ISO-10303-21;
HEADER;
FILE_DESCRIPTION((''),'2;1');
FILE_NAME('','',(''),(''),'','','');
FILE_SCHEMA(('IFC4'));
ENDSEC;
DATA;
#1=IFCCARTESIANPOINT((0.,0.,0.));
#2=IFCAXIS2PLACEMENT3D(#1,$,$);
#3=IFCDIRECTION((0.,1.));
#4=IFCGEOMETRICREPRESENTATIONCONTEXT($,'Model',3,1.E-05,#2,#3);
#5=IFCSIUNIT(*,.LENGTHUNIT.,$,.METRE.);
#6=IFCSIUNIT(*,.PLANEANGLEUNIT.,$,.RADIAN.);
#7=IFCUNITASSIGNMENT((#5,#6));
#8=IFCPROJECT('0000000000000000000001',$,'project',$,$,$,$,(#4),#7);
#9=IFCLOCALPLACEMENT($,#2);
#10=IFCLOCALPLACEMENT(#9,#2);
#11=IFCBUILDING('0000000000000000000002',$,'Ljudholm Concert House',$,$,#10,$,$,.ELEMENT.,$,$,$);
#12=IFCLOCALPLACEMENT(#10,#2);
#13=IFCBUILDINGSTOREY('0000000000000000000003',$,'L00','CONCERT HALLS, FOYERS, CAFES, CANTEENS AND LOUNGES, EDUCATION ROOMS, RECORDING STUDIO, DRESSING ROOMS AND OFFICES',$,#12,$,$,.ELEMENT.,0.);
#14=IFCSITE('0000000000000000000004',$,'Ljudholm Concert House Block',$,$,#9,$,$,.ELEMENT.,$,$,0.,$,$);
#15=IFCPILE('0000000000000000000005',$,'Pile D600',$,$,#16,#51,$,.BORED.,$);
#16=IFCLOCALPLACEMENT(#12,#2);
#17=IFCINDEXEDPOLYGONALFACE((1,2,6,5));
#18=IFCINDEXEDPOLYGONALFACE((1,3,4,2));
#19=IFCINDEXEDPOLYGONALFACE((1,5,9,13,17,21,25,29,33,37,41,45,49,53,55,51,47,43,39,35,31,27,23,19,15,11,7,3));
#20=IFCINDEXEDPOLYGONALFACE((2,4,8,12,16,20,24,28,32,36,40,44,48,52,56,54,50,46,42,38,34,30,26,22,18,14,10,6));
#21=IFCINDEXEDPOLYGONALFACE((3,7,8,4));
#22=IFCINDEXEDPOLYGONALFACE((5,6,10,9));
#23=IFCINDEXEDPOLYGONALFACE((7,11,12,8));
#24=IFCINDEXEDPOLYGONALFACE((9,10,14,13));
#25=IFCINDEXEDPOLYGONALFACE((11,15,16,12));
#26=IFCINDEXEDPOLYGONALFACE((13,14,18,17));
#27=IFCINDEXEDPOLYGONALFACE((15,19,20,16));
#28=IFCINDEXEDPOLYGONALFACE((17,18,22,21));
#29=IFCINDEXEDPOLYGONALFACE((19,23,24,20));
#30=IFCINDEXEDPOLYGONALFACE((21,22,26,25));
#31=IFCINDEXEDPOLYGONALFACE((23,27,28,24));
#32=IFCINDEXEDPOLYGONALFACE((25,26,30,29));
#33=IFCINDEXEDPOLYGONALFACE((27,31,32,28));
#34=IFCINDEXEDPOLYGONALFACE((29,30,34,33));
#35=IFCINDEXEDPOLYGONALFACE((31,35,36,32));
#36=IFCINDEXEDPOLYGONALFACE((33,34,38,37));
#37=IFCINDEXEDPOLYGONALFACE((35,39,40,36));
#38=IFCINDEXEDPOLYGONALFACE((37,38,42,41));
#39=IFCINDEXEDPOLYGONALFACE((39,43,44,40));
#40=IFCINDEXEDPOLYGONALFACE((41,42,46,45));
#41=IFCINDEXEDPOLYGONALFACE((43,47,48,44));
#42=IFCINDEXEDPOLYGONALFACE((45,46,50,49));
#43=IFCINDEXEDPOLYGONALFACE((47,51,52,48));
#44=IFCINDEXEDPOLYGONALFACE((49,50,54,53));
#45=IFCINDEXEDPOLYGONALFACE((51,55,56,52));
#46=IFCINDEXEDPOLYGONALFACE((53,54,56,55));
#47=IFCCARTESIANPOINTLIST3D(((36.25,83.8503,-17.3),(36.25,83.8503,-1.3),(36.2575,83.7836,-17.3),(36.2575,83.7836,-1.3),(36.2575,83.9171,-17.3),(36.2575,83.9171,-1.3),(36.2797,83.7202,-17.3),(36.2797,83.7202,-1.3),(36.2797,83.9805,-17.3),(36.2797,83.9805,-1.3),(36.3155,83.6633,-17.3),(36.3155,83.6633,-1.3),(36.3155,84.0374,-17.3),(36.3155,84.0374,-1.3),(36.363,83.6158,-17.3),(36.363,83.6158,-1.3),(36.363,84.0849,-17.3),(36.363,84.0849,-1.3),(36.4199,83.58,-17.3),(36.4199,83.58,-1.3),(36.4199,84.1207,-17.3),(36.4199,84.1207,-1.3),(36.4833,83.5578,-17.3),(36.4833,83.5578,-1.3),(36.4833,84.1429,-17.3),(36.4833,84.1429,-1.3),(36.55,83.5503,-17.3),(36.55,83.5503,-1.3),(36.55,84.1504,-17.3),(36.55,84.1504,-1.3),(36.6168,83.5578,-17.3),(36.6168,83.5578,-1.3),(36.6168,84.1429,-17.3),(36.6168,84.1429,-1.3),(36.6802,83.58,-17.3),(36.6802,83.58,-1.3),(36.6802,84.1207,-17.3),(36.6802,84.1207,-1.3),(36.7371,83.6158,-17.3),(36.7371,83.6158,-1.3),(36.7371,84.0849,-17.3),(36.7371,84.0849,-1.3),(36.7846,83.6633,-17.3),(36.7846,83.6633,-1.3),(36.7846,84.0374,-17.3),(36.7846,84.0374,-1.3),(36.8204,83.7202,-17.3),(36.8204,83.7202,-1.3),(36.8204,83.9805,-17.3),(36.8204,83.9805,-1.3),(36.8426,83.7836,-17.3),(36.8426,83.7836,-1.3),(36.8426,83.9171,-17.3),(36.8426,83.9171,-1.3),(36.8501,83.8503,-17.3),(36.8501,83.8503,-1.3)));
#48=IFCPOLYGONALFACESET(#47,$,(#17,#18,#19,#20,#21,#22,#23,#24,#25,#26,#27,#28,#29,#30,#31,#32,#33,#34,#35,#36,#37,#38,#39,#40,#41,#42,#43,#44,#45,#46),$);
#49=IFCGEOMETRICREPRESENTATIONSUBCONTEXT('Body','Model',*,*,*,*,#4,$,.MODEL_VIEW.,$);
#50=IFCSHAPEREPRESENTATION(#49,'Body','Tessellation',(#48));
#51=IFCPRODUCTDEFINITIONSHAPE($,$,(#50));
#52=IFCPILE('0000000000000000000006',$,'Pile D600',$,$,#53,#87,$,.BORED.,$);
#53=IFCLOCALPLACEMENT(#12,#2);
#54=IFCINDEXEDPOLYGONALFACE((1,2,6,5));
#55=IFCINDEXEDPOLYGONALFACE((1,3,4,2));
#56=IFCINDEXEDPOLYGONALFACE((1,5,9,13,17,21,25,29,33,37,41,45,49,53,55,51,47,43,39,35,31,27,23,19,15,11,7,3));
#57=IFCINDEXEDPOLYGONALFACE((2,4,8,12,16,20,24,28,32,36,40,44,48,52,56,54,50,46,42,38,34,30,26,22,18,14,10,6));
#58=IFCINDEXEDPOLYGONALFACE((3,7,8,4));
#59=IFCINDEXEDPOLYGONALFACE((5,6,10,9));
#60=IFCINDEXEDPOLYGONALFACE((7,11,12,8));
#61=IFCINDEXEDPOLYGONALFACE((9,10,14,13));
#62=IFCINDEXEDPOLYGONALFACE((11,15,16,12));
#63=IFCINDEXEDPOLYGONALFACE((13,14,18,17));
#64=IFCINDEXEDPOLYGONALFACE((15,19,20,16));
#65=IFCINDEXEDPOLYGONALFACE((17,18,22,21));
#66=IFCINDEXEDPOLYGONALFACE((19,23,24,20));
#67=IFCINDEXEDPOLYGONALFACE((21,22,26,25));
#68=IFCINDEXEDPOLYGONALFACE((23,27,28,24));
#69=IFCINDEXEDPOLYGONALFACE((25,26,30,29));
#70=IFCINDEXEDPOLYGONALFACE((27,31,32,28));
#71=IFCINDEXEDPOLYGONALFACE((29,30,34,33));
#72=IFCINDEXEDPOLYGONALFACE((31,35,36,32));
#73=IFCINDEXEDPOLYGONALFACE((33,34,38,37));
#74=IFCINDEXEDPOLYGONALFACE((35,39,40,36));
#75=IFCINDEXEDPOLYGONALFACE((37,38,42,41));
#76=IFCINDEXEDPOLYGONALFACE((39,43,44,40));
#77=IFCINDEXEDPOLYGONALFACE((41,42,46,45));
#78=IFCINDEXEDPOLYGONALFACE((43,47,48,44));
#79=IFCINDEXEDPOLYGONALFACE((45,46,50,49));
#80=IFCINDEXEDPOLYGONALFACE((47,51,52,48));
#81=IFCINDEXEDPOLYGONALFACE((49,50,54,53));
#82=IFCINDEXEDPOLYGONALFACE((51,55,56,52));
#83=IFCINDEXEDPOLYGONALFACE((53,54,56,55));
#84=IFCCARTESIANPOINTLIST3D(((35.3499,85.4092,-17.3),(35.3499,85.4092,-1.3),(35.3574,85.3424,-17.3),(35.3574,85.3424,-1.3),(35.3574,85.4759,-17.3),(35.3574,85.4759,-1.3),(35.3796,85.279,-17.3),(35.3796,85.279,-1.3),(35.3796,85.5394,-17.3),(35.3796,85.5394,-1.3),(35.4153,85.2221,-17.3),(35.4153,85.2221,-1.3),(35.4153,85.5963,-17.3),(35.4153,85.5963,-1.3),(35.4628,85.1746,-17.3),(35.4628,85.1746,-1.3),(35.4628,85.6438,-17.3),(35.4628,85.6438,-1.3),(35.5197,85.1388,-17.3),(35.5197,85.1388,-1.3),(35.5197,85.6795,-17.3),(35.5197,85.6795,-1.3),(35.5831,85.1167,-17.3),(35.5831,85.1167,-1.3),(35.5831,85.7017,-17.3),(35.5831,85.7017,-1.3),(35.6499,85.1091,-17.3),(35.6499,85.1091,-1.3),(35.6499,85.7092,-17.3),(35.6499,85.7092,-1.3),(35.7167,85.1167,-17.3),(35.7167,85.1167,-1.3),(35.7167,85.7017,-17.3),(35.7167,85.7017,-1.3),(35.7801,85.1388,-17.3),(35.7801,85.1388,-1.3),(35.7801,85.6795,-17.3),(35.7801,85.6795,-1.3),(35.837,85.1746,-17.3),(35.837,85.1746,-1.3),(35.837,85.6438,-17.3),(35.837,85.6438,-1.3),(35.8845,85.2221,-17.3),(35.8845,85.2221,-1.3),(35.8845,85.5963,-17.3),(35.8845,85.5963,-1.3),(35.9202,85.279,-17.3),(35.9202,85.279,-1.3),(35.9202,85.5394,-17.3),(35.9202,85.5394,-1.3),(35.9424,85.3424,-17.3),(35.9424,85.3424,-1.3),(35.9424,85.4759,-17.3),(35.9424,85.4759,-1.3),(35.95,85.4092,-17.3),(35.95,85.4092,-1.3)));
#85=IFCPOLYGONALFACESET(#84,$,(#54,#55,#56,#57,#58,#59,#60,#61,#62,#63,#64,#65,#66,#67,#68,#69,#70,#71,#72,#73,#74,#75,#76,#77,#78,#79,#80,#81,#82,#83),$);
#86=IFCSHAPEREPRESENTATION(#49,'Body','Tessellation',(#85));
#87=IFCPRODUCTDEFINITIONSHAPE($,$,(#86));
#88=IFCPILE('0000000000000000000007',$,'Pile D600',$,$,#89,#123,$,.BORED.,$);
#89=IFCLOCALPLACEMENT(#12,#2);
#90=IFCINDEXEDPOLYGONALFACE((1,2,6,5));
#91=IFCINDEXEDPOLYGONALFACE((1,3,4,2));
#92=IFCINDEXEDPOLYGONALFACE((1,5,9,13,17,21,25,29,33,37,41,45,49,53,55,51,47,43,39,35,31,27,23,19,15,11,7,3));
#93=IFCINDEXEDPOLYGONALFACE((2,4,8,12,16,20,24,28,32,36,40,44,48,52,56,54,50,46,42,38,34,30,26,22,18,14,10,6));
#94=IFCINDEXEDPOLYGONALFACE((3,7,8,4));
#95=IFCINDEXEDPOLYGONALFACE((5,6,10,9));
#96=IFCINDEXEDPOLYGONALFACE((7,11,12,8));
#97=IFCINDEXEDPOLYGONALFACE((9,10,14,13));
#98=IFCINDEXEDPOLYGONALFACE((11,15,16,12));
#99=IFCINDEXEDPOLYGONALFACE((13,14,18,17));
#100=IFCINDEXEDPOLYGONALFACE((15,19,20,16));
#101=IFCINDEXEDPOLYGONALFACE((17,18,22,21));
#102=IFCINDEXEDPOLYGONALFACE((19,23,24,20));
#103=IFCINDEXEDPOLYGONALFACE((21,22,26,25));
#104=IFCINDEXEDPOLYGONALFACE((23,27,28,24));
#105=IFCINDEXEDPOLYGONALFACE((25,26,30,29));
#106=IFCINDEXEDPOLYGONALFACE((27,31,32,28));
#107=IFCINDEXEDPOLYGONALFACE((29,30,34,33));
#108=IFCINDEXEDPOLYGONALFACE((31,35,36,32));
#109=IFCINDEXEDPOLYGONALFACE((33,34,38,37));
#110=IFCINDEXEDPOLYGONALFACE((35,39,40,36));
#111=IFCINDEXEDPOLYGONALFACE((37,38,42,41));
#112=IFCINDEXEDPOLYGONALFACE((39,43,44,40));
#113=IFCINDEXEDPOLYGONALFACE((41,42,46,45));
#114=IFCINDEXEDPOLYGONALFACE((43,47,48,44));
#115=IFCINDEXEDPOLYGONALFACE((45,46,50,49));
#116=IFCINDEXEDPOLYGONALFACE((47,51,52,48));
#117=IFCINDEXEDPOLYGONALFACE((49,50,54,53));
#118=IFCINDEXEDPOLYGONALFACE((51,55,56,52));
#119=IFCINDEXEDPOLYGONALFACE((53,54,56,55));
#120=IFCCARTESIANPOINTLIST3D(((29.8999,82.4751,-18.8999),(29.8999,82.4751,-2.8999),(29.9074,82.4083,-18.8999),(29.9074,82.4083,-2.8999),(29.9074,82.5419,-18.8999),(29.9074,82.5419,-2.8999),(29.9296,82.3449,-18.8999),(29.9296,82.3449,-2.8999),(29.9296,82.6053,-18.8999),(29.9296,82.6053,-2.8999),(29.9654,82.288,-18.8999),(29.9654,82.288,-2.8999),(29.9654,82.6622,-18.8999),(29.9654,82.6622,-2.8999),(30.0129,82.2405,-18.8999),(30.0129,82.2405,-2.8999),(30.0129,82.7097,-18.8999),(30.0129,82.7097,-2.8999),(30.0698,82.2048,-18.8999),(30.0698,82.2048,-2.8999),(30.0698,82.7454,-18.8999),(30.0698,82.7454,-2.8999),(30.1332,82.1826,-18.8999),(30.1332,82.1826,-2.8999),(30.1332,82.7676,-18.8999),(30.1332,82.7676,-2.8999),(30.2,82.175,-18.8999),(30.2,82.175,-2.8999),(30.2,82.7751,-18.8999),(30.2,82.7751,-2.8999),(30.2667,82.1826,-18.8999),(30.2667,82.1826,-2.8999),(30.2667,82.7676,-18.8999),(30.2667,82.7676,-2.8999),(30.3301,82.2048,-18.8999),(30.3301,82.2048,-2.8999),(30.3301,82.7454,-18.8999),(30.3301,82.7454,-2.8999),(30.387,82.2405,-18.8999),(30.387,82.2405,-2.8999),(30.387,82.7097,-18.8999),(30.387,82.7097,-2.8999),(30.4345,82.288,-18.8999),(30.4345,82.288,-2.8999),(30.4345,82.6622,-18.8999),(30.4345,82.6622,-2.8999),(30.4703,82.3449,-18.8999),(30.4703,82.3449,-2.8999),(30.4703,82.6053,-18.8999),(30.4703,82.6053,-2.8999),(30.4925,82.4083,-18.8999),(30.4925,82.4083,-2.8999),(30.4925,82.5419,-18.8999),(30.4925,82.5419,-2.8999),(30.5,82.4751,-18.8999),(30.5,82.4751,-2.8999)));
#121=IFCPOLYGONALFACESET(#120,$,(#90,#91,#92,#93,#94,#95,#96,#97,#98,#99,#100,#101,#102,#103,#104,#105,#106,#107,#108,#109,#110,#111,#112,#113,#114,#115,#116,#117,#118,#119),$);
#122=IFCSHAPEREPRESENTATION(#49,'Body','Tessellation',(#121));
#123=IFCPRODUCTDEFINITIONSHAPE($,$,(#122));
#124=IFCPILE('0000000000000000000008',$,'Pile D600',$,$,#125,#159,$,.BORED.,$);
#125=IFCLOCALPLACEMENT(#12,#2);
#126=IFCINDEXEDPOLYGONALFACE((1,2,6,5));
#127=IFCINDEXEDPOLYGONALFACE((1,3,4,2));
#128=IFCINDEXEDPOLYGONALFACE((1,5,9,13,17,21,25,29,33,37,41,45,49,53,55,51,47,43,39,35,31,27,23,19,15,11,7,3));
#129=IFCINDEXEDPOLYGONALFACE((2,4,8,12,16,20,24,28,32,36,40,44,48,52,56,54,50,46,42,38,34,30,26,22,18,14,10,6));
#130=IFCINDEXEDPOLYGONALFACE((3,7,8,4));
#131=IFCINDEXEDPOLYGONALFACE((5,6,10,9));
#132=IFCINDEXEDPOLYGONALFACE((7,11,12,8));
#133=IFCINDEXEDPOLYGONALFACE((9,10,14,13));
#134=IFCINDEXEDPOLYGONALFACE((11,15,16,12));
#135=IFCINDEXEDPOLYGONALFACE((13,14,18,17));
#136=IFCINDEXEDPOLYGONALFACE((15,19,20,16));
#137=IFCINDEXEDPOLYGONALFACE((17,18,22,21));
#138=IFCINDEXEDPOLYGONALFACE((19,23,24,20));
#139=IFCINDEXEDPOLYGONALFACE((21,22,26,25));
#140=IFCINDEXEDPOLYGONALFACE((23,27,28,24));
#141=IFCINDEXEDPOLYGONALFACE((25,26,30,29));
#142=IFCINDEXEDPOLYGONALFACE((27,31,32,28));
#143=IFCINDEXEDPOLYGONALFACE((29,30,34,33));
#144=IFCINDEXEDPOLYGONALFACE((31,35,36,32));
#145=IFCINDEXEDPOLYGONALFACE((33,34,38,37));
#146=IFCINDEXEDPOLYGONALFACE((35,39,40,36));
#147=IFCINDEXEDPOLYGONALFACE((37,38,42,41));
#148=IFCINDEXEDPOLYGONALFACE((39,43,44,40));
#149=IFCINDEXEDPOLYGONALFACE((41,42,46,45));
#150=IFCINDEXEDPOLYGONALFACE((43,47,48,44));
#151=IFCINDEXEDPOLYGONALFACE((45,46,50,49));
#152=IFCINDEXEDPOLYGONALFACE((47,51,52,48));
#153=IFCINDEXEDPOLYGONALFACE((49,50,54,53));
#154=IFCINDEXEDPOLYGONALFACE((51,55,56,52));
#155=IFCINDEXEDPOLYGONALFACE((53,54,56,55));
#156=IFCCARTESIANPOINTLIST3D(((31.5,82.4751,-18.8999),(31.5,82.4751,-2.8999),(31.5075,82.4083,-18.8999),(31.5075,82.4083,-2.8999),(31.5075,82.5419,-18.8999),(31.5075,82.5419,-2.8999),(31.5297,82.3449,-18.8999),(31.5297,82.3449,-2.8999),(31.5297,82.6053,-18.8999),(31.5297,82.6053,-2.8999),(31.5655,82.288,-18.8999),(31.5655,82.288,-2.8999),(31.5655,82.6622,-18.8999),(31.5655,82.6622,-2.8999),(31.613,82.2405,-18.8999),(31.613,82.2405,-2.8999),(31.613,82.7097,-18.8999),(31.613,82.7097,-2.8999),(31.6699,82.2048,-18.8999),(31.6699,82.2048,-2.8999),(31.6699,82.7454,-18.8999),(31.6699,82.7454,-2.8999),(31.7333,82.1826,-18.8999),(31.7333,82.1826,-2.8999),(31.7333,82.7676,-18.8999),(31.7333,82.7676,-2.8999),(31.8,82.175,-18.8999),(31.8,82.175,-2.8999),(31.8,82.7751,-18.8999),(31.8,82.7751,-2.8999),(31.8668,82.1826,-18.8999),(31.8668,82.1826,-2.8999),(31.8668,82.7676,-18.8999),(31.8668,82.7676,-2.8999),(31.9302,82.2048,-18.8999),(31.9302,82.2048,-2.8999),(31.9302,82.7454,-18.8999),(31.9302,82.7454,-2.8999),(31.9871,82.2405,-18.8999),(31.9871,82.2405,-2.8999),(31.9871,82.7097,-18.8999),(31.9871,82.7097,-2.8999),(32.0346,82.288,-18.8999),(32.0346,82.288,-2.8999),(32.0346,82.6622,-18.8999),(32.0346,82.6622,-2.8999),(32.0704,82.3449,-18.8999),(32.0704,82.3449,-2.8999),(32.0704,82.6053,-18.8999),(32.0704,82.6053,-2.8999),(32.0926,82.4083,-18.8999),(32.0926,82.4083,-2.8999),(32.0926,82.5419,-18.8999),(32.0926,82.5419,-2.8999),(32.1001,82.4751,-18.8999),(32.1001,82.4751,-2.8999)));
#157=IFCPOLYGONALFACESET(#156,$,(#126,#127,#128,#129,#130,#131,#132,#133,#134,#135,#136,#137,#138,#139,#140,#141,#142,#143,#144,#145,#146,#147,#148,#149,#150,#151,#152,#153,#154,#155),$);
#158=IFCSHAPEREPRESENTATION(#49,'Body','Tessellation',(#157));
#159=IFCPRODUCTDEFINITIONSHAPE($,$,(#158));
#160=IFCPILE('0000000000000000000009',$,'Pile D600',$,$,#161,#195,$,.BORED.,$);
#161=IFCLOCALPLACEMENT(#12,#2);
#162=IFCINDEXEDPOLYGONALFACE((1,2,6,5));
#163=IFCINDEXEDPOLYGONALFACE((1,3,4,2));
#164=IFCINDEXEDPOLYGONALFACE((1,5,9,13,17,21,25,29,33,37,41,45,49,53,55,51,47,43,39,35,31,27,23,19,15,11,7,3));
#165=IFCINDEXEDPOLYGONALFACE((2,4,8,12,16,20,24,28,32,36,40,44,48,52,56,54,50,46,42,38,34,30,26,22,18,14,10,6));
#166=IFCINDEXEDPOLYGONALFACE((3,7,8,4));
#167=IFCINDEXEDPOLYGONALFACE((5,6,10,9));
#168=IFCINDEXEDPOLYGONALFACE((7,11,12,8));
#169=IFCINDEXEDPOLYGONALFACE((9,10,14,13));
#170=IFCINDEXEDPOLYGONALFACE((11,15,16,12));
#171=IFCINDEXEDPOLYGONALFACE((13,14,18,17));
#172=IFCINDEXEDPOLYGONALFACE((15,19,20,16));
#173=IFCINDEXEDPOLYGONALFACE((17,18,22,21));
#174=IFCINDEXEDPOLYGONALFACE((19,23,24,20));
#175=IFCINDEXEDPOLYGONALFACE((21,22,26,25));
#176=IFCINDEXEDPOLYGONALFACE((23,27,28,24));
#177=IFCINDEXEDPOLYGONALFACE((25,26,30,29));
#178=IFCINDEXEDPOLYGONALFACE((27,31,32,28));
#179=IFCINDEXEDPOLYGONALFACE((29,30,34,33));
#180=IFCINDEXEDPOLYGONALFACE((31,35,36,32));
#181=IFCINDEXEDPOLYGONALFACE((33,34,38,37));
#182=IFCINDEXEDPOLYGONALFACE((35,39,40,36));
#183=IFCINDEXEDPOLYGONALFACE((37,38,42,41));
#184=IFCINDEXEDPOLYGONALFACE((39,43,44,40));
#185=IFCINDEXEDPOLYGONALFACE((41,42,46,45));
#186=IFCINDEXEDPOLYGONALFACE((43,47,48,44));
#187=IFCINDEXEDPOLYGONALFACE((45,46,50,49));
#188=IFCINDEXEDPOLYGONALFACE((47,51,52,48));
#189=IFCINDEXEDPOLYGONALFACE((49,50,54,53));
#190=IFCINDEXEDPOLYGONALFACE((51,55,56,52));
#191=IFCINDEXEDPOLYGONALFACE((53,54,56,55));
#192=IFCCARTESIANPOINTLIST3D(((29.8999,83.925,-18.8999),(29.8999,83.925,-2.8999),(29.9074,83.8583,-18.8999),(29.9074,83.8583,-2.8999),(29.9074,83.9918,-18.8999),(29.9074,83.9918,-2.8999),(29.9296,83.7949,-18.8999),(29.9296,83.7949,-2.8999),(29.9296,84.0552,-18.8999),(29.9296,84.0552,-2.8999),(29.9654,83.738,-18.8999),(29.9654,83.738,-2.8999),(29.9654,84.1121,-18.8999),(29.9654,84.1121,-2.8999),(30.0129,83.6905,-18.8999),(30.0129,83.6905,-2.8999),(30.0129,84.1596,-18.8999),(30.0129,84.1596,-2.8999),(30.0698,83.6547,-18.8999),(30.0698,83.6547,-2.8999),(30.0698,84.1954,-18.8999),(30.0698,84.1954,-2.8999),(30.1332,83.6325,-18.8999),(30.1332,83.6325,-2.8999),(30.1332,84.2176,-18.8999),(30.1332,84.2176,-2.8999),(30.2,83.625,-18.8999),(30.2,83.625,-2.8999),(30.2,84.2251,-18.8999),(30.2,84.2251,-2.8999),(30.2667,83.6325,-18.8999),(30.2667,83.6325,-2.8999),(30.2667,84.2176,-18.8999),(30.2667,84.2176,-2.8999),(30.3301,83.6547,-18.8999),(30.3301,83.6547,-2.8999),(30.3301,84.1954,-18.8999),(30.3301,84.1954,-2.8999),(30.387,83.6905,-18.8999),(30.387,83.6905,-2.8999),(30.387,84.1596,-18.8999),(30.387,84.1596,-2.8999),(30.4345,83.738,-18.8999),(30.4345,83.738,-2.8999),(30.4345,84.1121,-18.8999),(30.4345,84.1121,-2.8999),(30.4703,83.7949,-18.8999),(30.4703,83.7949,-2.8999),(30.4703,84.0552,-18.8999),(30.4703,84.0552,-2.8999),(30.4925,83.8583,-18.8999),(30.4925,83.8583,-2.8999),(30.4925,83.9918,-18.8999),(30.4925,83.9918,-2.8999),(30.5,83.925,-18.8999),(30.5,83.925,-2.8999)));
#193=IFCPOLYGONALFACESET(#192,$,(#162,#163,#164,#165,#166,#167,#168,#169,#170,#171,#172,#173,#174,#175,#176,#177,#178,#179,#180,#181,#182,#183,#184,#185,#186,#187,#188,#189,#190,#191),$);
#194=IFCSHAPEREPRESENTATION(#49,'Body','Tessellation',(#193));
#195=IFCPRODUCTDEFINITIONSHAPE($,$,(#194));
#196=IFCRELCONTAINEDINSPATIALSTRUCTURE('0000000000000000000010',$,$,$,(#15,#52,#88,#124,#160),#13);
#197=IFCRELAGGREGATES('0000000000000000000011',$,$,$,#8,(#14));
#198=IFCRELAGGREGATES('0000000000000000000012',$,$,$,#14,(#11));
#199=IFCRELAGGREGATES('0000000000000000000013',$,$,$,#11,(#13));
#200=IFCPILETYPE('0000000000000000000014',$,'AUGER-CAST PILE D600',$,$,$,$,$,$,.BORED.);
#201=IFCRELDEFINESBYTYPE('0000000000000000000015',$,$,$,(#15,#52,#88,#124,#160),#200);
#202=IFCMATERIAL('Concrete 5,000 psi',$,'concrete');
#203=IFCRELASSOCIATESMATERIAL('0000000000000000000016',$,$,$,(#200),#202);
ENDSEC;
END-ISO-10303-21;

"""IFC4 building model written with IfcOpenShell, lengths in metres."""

from ifc_helpers import new_model, si_unit, direction, frame, origin, origin_2d, place, context, subcontext, project, spatial, circle, extrude, material, material_profile, profile_set, type_object, element, save


model = new_model("IFC4")

# Units and contexts
model_context = context("Model", 3, precision=1e-05, world=origin(), true_north=direction((0.0, 1.0)))
body_context = subcontext(model_context, "Body", "Model", "MODEL_VIEW")
ifc_project = project(units=[si_unit("LENGTHUNIT", "METRE"), si_unit("PLANEANGLEUNIT", "RADIAN")], contexts=[model_context])

# Site, building, storey
site_placement = place(None, origin())
site = spatial("IfcSite", under=ifc_project, at=site_placement, Name="Ljudholm Concert House Block", CompositionType="ELEMENT", RefElevation=0.0)
building_placement = place(site_placement, origin())
building = spatial("IfcBuilding", under=site, at=building_placement, Name="Ljudholm Concert House", CompositionType="ELEMENT")
storey_placement = place(building_placement, origin())
storey = spatial("IfcBuildingStorey", under=building, at=storey_placement, Name="L00", Description="CONCERT HALLS, FOYERS, CAFES, CANTEENS AND LOUNGES, EDUCATION ROOMS, RECORDING STUDIO, DRESSING ROOMS AND OFFICES", CompositionType="ELEMENT", Elevation=0.0)

# Piles
ifc_material_1 = material(Name="Concrete 5,000 psi", Category="concrete")
ifc_material_profile_1 = material_profile(ifc_material_1, circle(Radius=0.3, at=origin_2d()), Name="AUGER-CAST PILE D600")
ifc_profile_set_1 = profile_set([ifc_material_profile_1], Name="Concrete 5,000 psi")
pile_type = type_object("IfcPileType", Name="AUGER-CAST PILE D600", PredefinedType="BORED", material=ifc_profile_set_1)
for number, where, z_axis, x_axis, name in (
    (1, (36.55, 83.8503, -1.3), (0.0, 0.0, -1.0), (1.0, 0.0, 0.0), "Pile D600"),
    (2, (35.6499, 85.4092, -1.3), (0.0, 0.0, -1.0), (1.0, 0.0, 0.0), "Pile D600"),
    (3, (30.2, 82.4751, -2.8999), (0.0, 0.0, -1.0), (1.0, 0.0, 0.0), "Pile D600"),
    (4, (31.8, 82.4751, -2.8999), (0.0, 0.0, -1.0), (1.0, 0.0, 0.0), "Pile D600"),
    (5, (30.2, 83.925, -2.8999), (0.0, 0.0, -1.0), (1.0, 0.0, 0.0), "Pile D600"),
):
    element("IfcPile", number, at=place(storey_placement, frame(where, z_axis=z_axis, x_axis=x_axis)), inside=storey, type_object=pile_type, Name=name, PredefinedType="BORED", context=body_context, shape_type="SweptSolid", body=[
        extrude(circle(Radius=0.3, at=origin_2d()), origin(), (0.0, 0.0, 1.0), 16.0),
    ])

save(model, "model.ifc")
